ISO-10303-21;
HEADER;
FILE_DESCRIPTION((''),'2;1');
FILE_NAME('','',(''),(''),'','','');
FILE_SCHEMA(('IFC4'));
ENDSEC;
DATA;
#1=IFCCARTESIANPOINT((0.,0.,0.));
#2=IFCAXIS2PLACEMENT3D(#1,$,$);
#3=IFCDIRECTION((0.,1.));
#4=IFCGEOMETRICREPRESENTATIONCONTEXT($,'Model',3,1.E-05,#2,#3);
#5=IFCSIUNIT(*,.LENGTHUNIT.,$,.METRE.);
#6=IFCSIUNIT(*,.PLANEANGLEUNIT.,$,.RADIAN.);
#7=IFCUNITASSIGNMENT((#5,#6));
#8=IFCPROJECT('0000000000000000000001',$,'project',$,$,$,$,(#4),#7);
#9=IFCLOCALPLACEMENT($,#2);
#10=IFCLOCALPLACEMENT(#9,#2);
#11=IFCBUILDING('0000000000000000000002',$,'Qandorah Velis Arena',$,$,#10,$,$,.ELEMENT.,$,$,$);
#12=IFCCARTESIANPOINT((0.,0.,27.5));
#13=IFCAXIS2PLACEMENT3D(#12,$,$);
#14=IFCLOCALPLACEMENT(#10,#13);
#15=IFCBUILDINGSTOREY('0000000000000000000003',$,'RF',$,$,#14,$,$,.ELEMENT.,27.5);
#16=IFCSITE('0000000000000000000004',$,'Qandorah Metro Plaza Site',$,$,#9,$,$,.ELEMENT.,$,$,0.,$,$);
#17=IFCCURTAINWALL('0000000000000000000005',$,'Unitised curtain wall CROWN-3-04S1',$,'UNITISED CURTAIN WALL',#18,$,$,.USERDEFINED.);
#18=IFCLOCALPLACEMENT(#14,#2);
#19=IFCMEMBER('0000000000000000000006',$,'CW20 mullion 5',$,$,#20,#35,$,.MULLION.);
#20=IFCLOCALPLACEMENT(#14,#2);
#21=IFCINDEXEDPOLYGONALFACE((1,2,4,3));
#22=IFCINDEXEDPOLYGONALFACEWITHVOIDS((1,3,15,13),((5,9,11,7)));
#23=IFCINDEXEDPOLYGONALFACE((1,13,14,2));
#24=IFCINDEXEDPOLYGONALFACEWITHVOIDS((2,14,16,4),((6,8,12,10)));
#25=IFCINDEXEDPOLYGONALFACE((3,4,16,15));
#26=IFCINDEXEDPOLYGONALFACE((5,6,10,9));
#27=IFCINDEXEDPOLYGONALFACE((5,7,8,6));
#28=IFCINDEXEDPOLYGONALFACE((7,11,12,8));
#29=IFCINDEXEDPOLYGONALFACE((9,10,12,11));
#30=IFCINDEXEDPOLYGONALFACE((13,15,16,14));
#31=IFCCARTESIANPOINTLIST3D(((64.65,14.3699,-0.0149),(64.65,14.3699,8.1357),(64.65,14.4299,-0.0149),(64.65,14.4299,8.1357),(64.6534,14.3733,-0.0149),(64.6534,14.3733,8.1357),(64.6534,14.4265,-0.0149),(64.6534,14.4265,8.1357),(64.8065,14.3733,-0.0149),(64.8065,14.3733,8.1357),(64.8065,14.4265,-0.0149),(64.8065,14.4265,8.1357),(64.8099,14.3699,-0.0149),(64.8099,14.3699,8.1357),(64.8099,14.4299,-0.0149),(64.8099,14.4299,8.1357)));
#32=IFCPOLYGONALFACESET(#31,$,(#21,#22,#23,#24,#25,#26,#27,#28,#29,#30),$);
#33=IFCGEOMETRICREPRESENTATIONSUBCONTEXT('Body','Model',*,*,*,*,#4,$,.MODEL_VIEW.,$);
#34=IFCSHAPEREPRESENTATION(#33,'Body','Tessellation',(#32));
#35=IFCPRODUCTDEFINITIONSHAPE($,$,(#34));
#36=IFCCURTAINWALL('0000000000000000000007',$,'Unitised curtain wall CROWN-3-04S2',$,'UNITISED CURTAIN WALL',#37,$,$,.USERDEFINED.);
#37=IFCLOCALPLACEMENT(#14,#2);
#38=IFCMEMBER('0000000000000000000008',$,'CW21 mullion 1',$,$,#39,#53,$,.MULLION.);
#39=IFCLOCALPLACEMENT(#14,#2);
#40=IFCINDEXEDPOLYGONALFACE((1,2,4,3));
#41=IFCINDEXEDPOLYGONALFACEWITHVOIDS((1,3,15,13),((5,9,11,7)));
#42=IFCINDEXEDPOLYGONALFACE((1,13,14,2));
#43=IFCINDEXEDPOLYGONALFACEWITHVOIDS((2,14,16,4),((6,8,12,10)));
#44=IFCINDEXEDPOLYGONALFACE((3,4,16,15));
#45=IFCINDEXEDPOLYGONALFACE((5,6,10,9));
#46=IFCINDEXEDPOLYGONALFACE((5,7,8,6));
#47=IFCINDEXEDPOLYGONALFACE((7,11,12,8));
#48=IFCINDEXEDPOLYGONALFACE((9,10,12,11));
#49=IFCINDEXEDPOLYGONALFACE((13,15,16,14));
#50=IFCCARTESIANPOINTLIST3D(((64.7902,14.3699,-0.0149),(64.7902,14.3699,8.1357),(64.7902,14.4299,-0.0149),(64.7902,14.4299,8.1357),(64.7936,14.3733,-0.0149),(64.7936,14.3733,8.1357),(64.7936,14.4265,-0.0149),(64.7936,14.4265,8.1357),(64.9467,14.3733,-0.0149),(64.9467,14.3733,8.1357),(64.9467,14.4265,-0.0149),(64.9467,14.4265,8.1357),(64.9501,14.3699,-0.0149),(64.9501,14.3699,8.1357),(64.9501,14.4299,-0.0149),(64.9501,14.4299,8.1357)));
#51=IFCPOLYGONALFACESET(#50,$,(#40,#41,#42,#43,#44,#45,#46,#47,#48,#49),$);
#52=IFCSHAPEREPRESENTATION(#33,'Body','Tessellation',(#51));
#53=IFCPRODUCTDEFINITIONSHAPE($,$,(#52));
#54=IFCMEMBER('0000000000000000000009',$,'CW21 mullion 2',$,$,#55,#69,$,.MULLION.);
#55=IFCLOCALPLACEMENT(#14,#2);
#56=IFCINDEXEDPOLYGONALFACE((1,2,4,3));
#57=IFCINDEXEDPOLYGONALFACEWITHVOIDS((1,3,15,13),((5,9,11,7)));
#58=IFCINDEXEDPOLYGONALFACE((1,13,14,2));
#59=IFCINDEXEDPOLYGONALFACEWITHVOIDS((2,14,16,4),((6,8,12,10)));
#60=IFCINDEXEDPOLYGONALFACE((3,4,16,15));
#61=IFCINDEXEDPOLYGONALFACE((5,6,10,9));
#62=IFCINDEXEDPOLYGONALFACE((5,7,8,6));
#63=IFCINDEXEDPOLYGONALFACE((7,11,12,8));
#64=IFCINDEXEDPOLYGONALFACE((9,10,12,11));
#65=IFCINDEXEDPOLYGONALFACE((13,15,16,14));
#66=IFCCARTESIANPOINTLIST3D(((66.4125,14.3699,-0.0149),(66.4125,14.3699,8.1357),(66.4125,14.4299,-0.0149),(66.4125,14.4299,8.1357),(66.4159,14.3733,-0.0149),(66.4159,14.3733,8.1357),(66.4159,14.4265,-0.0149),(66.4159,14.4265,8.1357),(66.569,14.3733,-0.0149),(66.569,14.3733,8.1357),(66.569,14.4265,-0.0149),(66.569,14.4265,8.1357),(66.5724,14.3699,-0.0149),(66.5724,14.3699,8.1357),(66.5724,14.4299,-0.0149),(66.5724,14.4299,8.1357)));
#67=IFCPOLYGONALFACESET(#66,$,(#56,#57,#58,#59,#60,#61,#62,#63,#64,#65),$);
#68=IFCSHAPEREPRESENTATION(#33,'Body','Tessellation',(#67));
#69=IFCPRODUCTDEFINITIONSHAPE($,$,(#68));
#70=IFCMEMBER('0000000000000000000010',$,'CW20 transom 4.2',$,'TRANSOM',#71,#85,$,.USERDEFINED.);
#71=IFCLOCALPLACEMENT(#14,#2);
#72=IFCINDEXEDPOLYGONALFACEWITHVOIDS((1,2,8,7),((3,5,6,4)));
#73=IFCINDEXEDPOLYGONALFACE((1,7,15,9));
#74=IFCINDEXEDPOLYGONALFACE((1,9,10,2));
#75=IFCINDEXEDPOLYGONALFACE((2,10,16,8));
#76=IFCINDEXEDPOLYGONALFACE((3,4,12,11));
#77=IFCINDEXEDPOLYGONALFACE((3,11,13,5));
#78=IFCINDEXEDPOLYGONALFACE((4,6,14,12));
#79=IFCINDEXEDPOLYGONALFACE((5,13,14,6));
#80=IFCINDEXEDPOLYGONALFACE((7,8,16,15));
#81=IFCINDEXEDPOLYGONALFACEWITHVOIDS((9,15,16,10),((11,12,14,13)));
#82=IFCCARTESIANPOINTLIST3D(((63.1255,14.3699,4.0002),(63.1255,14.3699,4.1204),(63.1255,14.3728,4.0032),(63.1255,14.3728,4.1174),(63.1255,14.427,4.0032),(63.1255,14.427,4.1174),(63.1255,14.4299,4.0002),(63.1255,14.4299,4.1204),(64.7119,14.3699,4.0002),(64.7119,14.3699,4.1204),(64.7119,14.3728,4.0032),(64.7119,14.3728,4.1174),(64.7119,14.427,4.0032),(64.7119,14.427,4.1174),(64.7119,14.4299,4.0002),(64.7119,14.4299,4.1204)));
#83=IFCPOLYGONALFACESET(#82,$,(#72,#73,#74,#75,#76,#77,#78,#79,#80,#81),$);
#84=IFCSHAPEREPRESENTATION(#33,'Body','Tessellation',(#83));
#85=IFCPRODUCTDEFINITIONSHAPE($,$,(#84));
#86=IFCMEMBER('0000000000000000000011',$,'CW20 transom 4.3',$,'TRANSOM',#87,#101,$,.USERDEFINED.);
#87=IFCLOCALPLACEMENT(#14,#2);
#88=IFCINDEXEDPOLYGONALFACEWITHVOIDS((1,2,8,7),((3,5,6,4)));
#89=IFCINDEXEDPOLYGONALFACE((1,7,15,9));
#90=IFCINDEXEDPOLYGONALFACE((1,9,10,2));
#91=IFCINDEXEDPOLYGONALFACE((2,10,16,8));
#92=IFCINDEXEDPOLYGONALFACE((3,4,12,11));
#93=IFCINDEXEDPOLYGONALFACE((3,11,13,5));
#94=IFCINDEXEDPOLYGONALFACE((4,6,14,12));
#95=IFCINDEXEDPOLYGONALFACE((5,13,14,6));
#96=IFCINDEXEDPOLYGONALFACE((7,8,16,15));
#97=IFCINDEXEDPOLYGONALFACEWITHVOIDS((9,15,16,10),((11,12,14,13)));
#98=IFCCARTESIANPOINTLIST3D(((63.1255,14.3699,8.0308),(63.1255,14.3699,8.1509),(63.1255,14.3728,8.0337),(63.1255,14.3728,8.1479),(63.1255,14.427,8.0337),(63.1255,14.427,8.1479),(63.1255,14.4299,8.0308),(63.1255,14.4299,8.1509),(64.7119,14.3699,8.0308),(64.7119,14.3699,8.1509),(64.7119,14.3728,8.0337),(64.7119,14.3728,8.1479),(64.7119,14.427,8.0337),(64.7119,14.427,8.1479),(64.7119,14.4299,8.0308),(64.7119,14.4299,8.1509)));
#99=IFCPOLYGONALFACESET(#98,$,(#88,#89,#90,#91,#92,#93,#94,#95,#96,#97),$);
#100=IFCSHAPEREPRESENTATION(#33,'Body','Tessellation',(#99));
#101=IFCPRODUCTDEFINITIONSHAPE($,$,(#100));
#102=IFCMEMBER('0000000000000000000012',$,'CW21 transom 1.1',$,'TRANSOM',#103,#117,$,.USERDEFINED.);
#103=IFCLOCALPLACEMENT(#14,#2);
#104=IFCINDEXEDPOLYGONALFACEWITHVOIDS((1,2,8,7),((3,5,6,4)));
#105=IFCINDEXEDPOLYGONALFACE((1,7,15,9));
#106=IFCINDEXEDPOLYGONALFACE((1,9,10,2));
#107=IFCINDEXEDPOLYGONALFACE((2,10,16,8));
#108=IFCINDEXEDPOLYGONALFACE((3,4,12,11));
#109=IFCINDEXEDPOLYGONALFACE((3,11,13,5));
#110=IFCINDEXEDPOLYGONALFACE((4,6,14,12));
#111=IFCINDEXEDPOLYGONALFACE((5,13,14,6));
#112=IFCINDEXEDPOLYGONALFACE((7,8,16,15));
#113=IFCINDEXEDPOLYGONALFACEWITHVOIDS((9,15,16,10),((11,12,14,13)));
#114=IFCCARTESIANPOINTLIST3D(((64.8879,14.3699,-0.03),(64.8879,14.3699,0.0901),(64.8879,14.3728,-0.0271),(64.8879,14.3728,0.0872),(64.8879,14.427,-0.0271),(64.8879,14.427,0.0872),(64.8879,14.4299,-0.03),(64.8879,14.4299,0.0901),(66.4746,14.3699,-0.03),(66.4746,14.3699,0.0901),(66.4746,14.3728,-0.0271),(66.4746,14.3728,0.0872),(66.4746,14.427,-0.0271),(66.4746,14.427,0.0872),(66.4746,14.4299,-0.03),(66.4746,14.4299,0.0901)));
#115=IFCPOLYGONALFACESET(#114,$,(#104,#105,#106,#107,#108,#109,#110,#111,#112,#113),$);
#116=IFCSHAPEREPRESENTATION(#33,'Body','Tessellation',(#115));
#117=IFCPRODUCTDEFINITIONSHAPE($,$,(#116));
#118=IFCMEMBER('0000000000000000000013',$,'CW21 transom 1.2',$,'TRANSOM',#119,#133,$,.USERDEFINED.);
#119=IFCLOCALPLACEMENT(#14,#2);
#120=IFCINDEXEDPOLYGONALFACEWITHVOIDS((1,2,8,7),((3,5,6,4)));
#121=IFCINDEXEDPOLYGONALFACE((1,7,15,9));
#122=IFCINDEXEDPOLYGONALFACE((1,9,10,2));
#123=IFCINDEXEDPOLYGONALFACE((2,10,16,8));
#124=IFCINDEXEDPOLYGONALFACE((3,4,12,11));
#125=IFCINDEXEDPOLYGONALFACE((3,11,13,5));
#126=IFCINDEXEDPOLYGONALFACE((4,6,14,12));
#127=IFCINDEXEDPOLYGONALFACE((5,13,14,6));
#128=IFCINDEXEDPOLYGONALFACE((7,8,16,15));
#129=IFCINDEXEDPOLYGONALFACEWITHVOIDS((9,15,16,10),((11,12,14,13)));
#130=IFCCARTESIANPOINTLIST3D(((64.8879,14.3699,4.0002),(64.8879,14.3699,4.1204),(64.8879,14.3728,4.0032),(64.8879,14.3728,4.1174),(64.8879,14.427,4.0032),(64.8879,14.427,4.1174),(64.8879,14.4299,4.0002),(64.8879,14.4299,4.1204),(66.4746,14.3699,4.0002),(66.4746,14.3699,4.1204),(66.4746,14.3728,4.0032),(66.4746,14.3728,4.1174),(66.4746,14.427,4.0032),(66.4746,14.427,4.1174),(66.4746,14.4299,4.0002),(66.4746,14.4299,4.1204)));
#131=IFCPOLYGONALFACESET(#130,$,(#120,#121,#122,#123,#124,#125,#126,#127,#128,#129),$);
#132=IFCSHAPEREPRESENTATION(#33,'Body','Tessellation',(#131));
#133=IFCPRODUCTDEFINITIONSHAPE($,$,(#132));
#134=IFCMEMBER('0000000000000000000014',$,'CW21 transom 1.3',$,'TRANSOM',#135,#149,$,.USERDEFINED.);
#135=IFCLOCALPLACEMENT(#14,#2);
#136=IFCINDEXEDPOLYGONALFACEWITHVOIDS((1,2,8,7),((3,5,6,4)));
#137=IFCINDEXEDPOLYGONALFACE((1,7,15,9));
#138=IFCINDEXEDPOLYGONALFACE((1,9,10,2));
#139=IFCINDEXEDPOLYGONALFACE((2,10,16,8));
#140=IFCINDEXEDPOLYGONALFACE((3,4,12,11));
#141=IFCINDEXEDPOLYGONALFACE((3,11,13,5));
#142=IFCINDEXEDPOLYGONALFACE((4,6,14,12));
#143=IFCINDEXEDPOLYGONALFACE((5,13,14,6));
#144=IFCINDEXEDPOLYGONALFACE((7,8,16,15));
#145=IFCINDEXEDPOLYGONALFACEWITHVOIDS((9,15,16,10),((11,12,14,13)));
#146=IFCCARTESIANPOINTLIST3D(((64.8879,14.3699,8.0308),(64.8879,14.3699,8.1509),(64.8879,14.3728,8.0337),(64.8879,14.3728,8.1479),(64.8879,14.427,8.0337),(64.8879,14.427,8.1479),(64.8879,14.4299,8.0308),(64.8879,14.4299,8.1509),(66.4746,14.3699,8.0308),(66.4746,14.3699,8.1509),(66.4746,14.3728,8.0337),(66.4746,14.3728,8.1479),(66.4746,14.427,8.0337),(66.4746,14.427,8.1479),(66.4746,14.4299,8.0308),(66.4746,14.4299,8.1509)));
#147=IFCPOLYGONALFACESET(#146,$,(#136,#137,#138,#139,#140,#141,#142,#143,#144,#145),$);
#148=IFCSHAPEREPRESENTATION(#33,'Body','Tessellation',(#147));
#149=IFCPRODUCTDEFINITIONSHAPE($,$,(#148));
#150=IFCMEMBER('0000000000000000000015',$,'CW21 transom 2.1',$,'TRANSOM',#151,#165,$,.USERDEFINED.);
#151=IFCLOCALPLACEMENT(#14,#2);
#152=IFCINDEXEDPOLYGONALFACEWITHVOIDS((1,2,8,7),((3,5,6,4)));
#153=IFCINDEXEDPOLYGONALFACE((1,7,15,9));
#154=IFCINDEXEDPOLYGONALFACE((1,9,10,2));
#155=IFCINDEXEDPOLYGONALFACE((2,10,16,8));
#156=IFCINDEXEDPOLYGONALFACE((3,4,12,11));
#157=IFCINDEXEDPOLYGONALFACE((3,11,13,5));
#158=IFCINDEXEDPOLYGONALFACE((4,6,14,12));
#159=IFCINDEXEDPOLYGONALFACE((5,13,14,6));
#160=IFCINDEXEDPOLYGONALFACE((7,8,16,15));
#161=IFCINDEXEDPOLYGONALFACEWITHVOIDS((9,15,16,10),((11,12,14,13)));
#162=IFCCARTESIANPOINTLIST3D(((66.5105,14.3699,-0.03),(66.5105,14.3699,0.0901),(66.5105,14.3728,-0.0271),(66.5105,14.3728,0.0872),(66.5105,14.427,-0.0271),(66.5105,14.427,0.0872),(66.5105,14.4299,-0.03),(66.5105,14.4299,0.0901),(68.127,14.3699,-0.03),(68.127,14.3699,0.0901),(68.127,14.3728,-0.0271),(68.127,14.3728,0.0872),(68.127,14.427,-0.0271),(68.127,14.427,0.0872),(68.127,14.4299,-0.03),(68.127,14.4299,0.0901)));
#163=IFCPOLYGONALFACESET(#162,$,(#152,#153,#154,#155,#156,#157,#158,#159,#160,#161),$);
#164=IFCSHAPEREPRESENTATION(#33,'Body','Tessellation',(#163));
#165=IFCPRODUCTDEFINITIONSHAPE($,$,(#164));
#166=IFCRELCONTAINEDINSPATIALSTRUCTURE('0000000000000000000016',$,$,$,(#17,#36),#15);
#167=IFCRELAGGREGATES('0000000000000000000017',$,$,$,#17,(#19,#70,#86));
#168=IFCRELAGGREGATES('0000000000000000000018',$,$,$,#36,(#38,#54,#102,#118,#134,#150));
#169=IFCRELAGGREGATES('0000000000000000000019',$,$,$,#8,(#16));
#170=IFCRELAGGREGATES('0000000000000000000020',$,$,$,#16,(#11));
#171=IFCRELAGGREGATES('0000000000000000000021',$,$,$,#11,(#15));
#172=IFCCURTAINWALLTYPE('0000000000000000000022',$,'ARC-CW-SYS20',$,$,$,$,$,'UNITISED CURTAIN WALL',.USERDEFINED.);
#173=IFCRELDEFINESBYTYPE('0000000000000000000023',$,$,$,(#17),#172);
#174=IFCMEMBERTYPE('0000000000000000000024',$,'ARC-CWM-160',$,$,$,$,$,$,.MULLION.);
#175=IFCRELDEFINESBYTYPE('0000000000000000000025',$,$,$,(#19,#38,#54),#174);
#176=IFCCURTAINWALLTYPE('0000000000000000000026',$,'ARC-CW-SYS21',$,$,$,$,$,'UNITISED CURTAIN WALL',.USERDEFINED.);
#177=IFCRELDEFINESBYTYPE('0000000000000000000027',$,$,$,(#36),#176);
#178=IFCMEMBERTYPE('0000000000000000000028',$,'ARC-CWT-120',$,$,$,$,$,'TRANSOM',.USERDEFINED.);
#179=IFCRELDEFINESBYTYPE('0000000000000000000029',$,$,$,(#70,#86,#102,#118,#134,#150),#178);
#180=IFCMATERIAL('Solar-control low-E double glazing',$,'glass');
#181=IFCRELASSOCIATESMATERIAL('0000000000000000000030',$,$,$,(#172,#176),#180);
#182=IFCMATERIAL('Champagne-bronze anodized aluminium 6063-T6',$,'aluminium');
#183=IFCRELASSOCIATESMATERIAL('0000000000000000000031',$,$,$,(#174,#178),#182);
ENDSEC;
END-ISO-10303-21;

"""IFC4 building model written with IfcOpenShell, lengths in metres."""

from ifc_helpers import new_model, si_unit, direction, frame, origin, origin_2d, place, context, subcontext, project, spatial, hollow_rectangle, extrude, material, material_profile, profile_set, type_object, element, aggregate, save


model = new_model("IFC4")

# Units and contexts
model_context = context("Model", 3, precision=1e-05, world=origin(), true_north=direction((0.0, 1.0)))
body_context = subcontext(model_context, "Body", "Model", "MODEL_VIEW")
ifc_project = project(units=[si_unit("LENGTHUNIT", "METRE"), si_unit("PLANEANGLEUNIT", "RADIAN")], contexts=[model_context])

# Site, building, storey
site_placement = place(None, origin())
site = spatial("IfcSite", under=ifc_project, at=site_placement, Name="Qandorah Metro Plaza Site", CompositionType="ELEMENT", RefElevation=0.0)
building_placement = place(site_placement, origin())
building = spatial("IfcBuilding", under=site, at=building_placement, Name="Qandorah Velis Arena", CompositionType="ELEMENT")
storey_placement = place(building_placement, frame((0.0, 0.0, 27.5)))
storey = spatial("IfcBuildingStorey", under=building, at=storey_placement, Name="RF", CompositionType="ELEMENT", Elevation=27.5)

# Curtain wall, member
ifc_material_1 = material(Name="Solar-control low-E double glazing", Category="glass")
curtain_wall_type_1 = type_object("IfcCurtainWallType", Name="ARC-CW-SYS20", ElementType="UNITISED CURTAIN WALL", PredefinedType="USERDEFINED", material=ifc_material_1)
curtain_wall_1_placement = place(storey_placement, origin())
curtain_wall_1 = element("IfcCurtainWall", 1, at=curtain_wall_1_placement, inside=storey, type_object=curtain_wall_type_1, Name="Unitised curtain wall CROWN-3-04S1", ObjectType="UNITISED CURTAIN WALL", PredefinedType="USERDEFINED")
ifc_material_2 = material(Name="Champagne-bronze anodized aluminium 6063-T6", Category="aluminium")
ifc_material_profile_1 = material_profile(ifc_material_2, hollow_rectangle(XDim=0.0601, YDim=0.1599, WallThickness=0.0034, at=origin_2d()), Name="ALU MULLION 60x160")
ifc_profile_set_1 = profile_set([ifc_material_profile_1], Name="Champagne-bronze anodized aluminium 6063-T6")
member_type_1 = type_object("IfcMemberType", Name="ARC-CWM-160", PredefinedType="MULLION", material=ifc_profile_set_1)
member_1_placement = place(storey_placement, frame((64.73, 14.3999, -0.0149), z_axis=(0.0, 0.0, 1.0), x_axis=(0.0, 1.0, 0.0)))
member_1 = element("IfcMember", 2, at=member_1_placement, type_object=member_type_1, Name="CW20 mullion 5", PredefinedType="MULLION", context=body_context, shape_type="SweptSolid", body=[
    extrude(hollow_rectangle(XDim=0.0601, YDim=0.1599, WallThickness=0.0034, at=origin_2d()), origin(), (0.0, 0.0, 1.0), 8.1506),
])

# Curtain wall, members
curtain_wall_type_2 = type_object("IfcCurtainWallType", Name="ARC-CW-SYS21", ElementType="UNITISED CURTAIN WALL", PredefinedType="USERDEFINED", material=ifc_material_1)
curtain_wall_2_placement = place(storey_placement, origin())
curtain_wall_2 = element("IfcCurtainWall", 3, at=curtain_wall_2_placement, inside=storey, type_object=curtain_wall_type_2, Name="Unitised curtain wall CROWN-3-04S2", ObjectType="UNITISED CURTAIN WALL", PredefinedType="USERDEFINED")
member_2_placement = place(storey_placement, frame((64.8701, 14.3999, -0.0149), z_axis=(0.0, 0.0, 1.0), x_axis=(0.0, 1.0, 0.0)))
member_2 = element("IfcMember", 4, at=member_2_placement, type_object=member_type_1, Name="CW21 mullion 1", PredefinedType="MULLION", context=body_context, shape_type="SweptSolid", body=[
    extrude(hollow_rectangle(XDim=0.0601, YDim=0.1599, WallThickness=0.0034, at=origin_2d()), origin(), (0.0, 0.0, 1.0), 8.1506),
])
member_3_placement = place(storey_placement, frame((66.4924, 14.3999, -0.0149), z_axis=(0.0, 0.0, 1.0), x_axis=(0.0, 1.0, 0.0)))
member_3 = element("IfcMember", 5, at=member_3_placement, type_object=member_type_1, Name="CW21 mullion 2", PredefinedType="MULLION", context=body_context, shape_type="SweptSolid", body=[
    extrude(hollow_rectangle(XDim=0.0601, YDim=0.1599, WallThickness=0.0034, at=origin_2d()), origin(), (0.0, 0.0, 1.0), 8.1506),
])

# Members
ifc_material_profile_2 = material_profile(ifc_material_2, hollow_rectangle(XDim=0.0601, YDim=0.1201, WallThickness=0.0029, at=origin_2d()), Name="ALU TRANSOM 60x120")
ifc_profile_set_2 = profile_set([ifc_material_profile_2], Name="Champagne-bronze anodized aluminium 6063-T6")
member_type_2 = type_object("IfcMemberType", Name="ARC-CWT-120", ElementType="TRANSOM", PredefinedType="USERDEFINED", material=ifc_profile_set_2)
member_4_placement = place(storey_placement, frame((63.1255, 14.3999, 4.0603), z_axis=(1.0, 0.0, 0.0), x_axis=(0.0, 1.0, 0.0)))
member_4 = element("IfcMember", 6, at=member_4_placement, type_object=member_type_2, Name="CW20 transom 4.2", ObjectType="TRANSOM", PredefinedType="USERDEFINED", context=body_context, shape_type="SweptSolid", body=[
    extrude(hollow_rectangle(XDim=0.0601, YDim=0.1201, WallThickness=0.0029, at=origin_2d()), origin(), (0.0, 0.0, 1.0), 1.5864),
])
member_5_placement = place(storey_placement, frame((63.1255, 14.3999, 8.0908), z_axis=(1.0, 0.0, 0.0), x_axis=(0.0, 1.0, 0.0)))
member_5 = element("IfcMember", 7, at=member_5_placement, type_object=member_type_2, Name="CW20 transom 4.3", ObjectType="TRANSOM", PredefinedType="USERDEFINED", context=body_context, shape_type="SweptSolid", body=[
    extrude(hollow_rectangle(XDim=0.0601, YDim=0.1201, WallThickness=0.0029, at=origin_2d()), origin(), (0.0, 0.0, 1.0), 1.5864),
])
member_6_placement = place(storey_placement, frame((64.8879, 14.3999, 0.03), z_axis=(1.0, 0.0, 0.0), x_axis=(0.0, 1.0, 0.0)))
member_6 = element("IfcMember", 8, at=member_6_placement, type_object=member_type_2, Name="CW21 transom 1.1", ObjectType="TRANSOM", PredefinedType="USERDEFINED", context=body_context, shape_type="SweptSolid", body=[
    extrude(hollow_rectangle(XDim=0.0601, YDim=0.1201, WallThickness=0.0029, at=origin_2d()), origin(), (0.0, 0.0, 1.0), 1.5867),
])
member_7_placement = place(storey_placement, frame((64.8879, 14.3999, 4.0603), z_axis=(1.0, 0.0, 0.0), x_axis=(0.0, 1.0, 0.0)))
member_7 = element("IfcMember", 9, at=member_7_placement, type_object=member_type_2, Name="CW21 transom 1.2", ObjectType="TRANSOM", PredefinedType="USERDEFINED", context=body_context, shape_type="SweptSolid", body=[
    extrude(hollow_rectangle(XDim=0.0601, YDim=0.1201, WallThickness=0.0029, at=origin_2d()), origin(), (0.0, 0.0, 1.0), 1.5867),
])
member_8_placement = place(storey_placement, frame((64.8879, 14.3999, 8.0908), z_axis=(1.0, 0.0, 0.0), x_axis=(0.0, 1.0, 0.0)))
member_8 = element("IfcMember", 10, at=member_8_placement, type_object=member_type_2, Name="CW21 transom 1.3", ObjectType="TRANSOM", PredefinedType="USERDEFINED", context=body_context, shape_type="SweptSolid", body=[
    extrude(hollow_rectangle(XDim=0.0601, YDim=0.1201, WallThickness=0.0029, at=origin_2d()), origin(), (0.0, 0.0, 1.0), 1.5867),
])
member_9_placement = place(storey_placement, frame((66.5105, 14.3999, 0.03), z_axis=(1.0, 0.0, 0.0), x_axis=(0.0, 1.0, 0.0)))
member_9 = element("IfcMember", 11, at=member_9_placement, type_object=member_type_2, Name="CW21 transom 2.1", ObjectType="TRANSOM", PredefinedType="USERDEFINED", context=body_context, shape_type="SweptSolid", body=[
    extrude(hollow_rectangle(XDim=0.0601, YDim=0.1201, WallThickness=0.0029, at=origin_2d()), origin(), (0.0, 0.0, 1.0), 1.6165),
])

aggregate(curtain_wall_1, [member_1, member_4, member_5])
aggregate(curtain_wall_2, [member_2, member_3, member_6, member_7, member_8, member_9])

save(model, "model.ifc")
